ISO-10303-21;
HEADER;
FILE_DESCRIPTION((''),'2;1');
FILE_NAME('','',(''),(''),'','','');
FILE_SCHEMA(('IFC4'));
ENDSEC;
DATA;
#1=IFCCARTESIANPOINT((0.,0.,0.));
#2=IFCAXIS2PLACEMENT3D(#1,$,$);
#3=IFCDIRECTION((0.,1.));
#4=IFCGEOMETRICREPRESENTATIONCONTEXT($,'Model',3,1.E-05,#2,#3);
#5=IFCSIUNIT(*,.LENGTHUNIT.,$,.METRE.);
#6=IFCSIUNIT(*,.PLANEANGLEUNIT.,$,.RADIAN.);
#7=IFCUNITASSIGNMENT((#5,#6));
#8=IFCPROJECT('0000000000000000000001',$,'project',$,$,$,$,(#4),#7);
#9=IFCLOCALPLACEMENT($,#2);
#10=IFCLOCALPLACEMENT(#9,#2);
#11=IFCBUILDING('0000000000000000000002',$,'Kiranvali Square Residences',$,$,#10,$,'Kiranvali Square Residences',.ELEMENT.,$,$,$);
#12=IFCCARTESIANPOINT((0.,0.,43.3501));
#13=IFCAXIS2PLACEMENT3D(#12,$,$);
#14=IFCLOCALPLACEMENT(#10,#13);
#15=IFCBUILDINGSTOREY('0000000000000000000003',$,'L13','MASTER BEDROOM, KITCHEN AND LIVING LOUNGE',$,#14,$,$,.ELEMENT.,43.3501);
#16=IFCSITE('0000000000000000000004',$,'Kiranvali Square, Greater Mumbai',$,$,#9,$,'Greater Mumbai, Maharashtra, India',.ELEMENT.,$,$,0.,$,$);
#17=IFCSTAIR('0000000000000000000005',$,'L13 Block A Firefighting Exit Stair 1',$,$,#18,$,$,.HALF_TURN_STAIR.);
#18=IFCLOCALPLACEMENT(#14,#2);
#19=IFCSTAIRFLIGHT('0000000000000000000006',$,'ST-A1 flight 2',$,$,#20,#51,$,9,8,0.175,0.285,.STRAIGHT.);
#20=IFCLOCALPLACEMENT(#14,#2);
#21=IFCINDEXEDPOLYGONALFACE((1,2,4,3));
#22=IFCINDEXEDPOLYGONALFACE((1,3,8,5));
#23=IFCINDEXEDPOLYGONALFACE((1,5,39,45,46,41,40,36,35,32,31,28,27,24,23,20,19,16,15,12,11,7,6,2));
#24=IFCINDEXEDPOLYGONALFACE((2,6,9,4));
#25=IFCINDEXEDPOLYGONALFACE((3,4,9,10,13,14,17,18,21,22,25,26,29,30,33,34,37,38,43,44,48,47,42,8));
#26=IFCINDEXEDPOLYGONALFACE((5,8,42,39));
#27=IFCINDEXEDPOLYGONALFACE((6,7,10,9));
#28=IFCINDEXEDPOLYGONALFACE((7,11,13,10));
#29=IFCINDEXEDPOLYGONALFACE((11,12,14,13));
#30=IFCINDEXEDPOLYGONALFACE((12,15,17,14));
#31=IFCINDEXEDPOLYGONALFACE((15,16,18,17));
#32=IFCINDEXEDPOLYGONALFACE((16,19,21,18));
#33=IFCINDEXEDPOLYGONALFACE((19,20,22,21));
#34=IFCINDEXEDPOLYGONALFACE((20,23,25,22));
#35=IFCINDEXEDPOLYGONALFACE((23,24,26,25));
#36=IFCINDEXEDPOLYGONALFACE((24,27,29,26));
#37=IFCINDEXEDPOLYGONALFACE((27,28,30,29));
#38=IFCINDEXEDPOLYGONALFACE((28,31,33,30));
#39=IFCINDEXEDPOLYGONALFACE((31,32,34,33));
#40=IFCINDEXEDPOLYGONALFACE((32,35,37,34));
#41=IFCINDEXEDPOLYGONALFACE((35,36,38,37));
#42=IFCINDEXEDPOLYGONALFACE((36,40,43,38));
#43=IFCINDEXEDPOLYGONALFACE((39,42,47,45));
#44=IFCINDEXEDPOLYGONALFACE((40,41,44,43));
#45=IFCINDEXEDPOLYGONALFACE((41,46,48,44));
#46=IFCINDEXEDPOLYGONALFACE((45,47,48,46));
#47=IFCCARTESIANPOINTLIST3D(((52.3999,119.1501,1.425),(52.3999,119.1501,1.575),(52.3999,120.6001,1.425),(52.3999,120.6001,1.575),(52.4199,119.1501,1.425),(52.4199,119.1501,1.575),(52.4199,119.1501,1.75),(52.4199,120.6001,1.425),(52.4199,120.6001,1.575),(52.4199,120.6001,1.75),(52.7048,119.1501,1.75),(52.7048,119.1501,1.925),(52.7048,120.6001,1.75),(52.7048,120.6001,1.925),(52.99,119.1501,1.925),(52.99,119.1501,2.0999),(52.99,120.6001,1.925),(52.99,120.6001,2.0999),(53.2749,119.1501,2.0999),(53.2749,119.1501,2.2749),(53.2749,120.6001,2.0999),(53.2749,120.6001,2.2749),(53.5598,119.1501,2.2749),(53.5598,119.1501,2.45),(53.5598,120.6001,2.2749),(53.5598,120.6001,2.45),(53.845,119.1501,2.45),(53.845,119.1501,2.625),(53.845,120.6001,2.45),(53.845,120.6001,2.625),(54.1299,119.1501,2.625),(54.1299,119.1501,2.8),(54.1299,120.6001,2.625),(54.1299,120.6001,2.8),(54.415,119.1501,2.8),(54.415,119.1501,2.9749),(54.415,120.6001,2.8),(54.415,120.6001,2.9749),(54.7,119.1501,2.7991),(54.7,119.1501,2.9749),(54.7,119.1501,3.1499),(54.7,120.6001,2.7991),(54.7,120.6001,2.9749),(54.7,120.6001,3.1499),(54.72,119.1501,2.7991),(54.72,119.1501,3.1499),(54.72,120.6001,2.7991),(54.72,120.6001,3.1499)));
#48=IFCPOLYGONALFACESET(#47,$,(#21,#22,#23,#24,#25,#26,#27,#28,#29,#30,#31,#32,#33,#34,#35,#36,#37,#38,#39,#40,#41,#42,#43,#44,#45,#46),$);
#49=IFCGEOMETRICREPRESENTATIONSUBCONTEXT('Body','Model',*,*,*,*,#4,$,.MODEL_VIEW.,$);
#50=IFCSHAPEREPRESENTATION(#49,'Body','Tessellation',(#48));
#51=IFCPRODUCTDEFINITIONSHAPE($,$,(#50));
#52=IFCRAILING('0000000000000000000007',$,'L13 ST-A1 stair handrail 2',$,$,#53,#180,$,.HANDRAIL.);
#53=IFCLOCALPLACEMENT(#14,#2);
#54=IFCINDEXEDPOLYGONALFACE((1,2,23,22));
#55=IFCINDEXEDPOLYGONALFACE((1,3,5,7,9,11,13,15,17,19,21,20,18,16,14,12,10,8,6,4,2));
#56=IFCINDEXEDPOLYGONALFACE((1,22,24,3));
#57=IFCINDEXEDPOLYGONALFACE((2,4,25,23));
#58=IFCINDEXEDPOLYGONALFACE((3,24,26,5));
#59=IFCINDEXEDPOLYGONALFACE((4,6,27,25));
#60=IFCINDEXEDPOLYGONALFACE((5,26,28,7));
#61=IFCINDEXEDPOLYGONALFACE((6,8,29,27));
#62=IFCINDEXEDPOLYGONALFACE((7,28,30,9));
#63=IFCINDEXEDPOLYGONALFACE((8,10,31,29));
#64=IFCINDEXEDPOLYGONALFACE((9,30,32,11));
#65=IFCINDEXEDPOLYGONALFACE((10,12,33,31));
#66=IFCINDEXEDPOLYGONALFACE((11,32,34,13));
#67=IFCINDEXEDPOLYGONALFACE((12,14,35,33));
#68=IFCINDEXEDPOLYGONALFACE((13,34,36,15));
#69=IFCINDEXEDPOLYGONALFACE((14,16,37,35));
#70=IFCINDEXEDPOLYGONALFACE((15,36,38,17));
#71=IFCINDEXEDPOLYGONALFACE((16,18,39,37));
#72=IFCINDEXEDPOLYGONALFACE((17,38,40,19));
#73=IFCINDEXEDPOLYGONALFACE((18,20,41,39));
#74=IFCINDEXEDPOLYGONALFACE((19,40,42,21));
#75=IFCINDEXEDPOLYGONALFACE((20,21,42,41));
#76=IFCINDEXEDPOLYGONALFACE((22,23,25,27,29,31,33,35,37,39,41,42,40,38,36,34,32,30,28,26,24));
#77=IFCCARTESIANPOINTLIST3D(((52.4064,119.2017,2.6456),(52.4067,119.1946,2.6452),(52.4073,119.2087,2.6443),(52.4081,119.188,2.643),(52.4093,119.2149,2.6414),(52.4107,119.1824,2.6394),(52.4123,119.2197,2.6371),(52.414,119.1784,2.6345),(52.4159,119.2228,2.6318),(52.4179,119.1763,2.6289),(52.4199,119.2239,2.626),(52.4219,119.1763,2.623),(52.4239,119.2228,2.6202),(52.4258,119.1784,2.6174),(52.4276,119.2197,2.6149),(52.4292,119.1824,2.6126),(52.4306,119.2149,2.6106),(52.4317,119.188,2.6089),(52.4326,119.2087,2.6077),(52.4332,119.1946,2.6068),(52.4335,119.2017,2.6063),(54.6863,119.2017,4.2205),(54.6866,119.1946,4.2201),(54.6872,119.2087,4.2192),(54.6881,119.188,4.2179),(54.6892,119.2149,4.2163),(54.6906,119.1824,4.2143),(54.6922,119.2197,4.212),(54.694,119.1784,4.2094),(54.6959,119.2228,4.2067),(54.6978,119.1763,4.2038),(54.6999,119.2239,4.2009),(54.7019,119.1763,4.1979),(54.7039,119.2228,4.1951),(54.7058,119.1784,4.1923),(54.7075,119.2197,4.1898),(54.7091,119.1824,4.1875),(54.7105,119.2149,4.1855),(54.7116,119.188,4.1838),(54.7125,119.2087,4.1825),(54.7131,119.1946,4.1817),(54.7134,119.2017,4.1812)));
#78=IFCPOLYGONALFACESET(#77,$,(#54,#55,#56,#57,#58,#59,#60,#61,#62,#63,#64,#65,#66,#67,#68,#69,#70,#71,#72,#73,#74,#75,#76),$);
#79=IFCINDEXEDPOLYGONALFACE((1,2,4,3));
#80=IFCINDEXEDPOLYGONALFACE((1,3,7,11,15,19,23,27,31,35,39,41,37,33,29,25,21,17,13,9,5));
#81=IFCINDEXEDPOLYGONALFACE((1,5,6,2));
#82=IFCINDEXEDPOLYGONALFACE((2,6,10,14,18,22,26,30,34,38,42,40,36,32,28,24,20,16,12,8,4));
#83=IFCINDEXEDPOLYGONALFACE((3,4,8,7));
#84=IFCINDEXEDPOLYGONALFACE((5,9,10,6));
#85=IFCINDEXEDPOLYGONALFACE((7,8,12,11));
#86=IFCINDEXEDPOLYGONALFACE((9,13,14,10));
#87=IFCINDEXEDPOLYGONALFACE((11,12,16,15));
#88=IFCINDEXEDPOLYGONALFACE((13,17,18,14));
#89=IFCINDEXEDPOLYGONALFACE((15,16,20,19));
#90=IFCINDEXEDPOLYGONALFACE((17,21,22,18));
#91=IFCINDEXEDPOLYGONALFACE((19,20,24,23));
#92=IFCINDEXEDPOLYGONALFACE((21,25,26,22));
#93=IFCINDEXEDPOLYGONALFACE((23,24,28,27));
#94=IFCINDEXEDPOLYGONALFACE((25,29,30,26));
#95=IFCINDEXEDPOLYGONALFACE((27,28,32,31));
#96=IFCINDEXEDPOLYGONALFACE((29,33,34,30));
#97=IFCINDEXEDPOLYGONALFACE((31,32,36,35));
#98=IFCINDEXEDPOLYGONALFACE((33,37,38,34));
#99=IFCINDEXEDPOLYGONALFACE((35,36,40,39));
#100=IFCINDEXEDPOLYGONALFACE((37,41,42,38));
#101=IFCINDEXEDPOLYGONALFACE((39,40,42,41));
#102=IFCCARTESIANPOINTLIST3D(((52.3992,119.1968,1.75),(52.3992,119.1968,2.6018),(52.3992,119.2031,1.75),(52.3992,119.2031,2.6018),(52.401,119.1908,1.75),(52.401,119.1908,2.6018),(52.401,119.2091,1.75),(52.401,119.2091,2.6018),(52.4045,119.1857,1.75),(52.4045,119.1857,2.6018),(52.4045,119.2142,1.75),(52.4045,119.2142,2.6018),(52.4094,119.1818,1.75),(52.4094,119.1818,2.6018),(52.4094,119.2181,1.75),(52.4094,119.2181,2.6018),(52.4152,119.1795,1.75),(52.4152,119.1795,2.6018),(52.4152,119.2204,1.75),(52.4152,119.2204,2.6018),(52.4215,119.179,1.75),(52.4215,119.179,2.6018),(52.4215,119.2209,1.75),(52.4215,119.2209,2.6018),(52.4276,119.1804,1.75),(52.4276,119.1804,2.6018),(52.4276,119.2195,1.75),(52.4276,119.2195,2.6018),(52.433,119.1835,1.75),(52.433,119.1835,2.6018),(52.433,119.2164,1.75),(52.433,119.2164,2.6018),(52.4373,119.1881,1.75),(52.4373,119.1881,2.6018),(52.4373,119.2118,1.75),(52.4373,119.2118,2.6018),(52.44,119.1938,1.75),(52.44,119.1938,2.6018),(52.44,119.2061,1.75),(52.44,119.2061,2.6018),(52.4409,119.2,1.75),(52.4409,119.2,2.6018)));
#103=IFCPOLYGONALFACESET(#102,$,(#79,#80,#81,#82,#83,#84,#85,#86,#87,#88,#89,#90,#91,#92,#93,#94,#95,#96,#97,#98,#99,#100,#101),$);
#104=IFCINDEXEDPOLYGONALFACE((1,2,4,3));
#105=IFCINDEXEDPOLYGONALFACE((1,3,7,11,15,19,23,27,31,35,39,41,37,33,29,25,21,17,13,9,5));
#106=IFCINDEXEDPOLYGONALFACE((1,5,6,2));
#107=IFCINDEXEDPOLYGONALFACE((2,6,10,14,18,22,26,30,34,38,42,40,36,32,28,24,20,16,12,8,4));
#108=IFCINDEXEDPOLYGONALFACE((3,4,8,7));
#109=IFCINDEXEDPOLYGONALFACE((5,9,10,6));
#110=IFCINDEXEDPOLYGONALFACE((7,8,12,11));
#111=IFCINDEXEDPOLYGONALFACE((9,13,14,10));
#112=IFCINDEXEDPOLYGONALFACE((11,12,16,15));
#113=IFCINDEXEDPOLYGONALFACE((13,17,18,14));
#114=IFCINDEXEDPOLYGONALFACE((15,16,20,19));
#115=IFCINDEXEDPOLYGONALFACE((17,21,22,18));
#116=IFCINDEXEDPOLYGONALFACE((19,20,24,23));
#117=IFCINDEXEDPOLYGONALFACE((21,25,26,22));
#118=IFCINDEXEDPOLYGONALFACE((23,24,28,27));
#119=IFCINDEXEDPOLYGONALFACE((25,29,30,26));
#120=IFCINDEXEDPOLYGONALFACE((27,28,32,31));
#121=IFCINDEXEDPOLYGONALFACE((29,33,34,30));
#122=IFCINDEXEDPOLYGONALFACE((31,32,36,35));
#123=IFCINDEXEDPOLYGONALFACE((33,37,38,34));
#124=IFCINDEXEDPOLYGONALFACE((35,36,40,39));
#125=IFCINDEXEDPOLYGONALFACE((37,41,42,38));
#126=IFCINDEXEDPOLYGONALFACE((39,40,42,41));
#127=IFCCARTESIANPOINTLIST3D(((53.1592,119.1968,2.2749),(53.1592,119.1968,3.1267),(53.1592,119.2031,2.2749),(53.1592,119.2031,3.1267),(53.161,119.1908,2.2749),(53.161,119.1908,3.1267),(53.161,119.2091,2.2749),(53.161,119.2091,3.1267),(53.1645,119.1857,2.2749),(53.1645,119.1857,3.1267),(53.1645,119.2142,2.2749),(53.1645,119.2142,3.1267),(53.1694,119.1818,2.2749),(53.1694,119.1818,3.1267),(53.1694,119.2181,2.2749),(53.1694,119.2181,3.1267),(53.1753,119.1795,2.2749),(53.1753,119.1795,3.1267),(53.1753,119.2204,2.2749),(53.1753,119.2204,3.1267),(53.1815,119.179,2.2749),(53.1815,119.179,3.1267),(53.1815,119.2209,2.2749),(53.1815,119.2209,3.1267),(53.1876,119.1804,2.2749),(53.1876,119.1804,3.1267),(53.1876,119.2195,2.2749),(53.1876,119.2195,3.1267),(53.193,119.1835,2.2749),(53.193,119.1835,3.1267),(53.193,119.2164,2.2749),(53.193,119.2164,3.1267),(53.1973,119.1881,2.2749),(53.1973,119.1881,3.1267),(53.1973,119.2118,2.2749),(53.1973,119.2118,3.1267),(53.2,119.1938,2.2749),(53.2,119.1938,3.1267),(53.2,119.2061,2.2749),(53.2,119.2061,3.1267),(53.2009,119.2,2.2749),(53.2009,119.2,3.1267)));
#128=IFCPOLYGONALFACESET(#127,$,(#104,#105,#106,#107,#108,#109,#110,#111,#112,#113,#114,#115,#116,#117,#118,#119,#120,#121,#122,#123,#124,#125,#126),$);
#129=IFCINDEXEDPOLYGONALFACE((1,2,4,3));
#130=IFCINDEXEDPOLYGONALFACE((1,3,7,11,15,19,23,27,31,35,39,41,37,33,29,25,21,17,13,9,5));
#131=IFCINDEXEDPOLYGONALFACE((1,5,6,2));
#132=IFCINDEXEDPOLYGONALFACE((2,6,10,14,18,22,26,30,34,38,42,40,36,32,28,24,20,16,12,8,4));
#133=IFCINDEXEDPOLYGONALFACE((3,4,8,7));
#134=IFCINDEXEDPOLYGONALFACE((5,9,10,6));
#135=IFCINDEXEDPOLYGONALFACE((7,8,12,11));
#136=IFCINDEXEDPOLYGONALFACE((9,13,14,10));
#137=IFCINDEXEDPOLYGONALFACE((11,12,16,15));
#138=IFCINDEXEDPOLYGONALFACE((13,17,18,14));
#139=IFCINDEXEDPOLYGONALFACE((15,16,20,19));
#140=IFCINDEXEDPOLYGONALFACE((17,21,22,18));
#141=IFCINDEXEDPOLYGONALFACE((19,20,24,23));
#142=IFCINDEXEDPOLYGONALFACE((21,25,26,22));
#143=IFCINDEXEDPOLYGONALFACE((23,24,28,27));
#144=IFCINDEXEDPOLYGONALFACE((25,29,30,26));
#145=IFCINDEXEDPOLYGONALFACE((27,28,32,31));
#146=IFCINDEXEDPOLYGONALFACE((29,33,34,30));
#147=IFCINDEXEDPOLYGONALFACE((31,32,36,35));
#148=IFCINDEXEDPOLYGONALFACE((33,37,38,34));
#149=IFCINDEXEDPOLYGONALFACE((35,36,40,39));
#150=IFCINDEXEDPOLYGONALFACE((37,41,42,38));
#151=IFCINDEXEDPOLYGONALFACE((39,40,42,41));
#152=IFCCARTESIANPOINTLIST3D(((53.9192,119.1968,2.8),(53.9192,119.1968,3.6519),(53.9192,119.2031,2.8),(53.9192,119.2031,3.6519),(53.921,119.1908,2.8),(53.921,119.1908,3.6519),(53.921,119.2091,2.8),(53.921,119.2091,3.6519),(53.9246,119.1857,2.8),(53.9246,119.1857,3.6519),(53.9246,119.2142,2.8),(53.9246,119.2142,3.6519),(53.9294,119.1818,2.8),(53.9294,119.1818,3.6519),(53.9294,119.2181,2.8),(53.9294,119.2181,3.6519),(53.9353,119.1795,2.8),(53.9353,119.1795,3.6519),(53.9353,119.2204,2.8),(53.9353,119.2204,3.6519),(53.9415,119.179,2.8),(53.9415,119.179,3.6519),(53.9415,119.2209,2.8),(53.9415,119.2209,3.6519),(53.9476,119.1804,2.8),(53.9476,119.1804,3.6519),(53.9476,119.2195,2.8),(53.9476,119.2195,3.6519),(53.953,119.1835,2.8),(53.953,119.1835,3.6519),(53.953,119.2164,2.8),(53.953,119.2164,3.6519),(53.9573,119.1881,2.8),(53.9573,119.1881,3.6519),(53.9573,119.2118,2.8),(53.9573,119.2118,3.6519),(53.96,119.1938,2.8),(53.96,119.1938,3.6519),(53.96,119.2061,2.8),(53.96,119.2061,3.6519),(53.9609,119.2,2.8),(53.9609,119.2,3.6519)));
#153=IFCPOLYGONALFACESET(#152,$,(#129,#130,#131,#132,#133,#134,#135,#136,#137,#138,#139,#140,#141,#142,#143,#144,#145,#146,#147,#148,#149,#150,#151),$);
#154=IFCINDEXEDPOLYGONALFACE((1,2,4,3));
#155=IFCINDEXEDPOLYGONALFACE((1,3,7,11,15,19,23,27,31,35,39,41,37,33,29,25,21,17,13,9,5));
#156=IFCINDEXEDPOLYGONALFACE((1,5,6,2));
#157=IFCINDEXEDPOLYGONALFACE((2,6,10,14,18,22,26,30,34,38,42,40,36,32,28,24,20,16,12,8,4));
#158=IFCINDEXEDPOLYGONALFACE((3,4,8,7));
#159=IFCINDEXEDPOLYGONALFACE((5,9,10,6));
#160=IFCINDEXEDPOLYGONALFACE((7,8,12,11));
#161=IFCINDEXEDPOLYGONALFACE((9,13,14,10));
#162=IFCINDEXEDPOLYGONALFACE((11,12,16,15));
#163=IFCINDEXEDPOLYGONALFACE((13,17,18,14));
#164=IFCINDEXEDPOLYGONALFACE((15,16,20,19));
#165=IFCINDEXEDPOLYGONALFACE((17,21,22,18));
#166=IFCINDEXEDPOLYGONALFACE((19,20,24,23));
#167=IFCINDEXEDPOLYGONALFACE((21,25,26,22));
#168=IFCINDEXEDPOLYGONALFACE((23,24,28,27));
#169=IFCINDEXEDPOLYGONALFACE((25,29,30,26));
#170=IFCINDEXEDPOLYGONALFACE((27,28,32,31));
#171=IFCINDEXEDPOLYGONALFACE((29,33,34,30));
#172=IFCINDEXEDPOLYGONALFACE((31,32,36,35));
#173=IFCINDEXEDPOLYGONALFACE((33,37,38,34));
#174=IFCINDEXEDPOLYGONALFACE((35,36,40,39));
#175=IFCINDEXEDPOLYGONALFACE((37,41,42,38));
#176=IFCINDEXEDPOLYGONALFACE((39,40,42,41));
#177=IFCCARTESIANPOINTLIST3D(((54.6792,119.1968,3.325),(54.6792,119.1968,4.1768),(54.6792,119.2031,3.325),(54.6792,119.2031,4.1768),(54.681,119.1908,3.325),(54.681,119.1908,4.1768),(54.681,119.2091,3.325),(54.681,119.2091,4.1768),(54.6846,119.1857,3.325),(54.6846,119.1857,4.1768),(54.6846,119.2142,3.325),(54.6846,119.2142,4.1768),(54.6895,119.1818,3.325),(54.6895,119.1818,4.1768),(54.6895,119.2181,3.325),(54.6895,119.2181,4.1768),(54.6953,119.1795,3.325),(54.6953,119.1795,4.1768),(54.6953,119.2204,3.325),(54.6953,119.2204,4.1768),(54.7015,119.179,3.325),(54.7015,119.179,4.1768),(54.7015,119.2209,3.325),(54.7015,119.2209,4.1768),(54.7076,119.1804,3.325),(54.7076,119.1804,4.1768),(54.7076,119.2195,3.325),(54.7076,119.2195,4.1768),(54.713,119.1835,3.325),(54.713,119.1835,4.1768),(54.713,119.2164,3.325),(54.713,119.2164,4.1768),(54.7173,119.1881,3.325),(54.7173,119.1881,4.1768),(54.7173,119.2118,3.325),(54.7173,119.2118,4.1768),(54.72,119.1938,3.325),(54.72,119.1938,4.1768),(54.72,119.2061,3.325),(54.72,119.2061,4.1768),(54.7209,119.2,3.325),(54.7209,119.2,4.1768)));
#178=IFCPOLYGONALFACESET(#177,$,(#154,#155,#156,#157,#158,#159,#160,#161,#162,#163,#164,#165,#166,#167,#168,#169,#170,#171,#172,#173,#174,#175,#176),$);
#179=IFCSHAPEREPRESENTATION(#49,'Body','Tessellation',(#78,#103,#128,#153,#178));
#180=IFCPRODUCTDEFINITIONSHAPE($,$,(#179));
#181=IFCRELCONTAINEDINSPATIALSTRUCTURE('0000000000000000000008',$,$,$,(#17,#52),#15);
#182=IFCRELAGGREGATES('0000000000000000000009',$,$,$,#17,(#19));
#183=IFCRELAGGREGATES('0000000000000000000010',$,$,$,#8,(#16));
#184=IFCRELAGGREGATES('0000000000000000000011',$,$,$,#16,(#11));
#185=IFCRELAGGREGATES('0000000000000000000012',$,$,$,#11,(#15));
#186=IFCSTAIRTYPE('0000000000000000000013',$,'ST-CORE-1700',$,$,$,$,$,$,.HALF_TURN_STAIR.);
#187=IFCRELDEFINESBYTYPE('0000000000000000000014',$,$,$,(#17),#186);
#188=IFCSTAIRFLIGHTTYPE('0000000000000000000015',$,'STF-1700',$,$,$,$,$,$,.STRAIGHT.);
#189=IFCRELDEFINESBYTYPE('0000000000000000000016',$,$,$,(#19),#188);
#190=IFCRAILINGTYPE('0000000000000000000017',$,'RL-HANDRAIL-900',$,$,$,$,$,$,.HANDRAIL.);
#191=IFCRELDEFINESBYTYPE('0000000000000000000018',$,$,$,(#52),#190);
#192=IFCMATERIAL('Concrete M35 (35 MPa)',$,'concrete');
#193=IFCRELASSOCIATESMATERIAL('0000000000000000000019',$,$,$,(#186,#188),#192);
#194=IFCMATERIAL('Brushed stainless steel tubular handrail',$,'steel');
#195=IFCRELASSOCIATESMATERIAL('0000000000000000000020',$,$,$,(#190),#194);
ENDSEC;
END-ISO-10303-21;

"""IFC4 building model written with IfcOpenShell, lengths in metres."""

from ifc_helpers import new_model, si_unit, direction, frame, origin, origin_2d, place, context, subcontext, project, spatial, polyline, circle, outline, extrude, material, type_object, element, aggregate, save


model = new_model("IFC4")

# Units and contexts
model_context = context("Model", 3, precision=1e-05, world=origin(), true_north=direction((0.0, 1.0)))
body_context = subcontext(model_context, "Body", "Model", "MODEL_VIEW")
ifc_project = project(units=[si_unit("LENGTHUNIT", "METRE"), si_unit("PLANEANGLEUNIT", "RADIAN")], contexts=[model_context])

# Site, building, storey
site_placement = place(None, origin())
site = spatial("IfcSite", under=ifc_project, at=site_placement, Name="Kiranvali Square, Greater Mumbai", LongName="Greater Mumbai, Maharashtra, India", CompositionType="ELEMENT", RefElevation=0.0)
building_placement = place(site_placement, origin())
building = spatial("IfcBuilding", under=site, at=building_placement, Name="Kiranvali Square Residences", LongName="Kiranvali Square Residences", CompositionType="ELEMENT")
storey_placement = place(building_placement, frame((0.0, 0.0, 43.3501)))
storey = spatial("IfcBuildingStorey", under=building, at=storey_placement, Name="L13", Description="MASTER BEDROOM, KITCHEN AND LIVING LOUNGE", CompositionType="ELEMENT", Elevation=43.3501)

# Stair, stair flight
ifc_material_1 = material(Name="Concrete M35 (35 MPa)", Category="concrete")
stair_type = type_object("IfcStairType", Name="ST-CORE-1700", PredefinedType="HALF_TURN_STAIR", material=ifc_material_1)
stair_placement = place(storey_placement, origin())
stair = element("IfcStair", 1, at=stair_placement, inside=storey, type_object=stair_type, Name="L13 Block A Firefighting Exit Stair 1", PredefinedType="HALF_TURN_STAIR")
stair_flight_type = type_object("IfcStairFlightType", Name="STF-1700", PredefinedType="STRAIGHT", material=ifc_material_1)
stair_flight_placement = place(storey_placement, frame((52.4199, 119.875, 1.575), z_axis=(0.0, 0.0, 1.0), x_axis=(1.0, 0.0, 0.0)))
stair_flight = element("IfcStairFlight", 2, at=stair_flight_placement, type_object=stair_flight_type, Name="ST-A1 flight 2", NumberOfRisers=9, NumberOfTreads=8, PredefinedType="STRAIGHT", RiserHeight=0.175, TreadLength=0.285, context=body_context, shape_type="SweptSolid", body=[
    extrude(outline(polyline([(-0.02, -0.1499), (-0.02, 0.0), (0.0, 0.0), (0.0, 0.175), (0.2849, 0.175), (0.2849, 0.3501), (0.5701, 0.3501), (0.5701, 0.5249), (0.855, 0.5249), (0.855, 0.7), (1.1399, 0.7), (1.1399, 0.875), (1.425, 0.875), (1.425, 1.05), (1.71, 1.05), (1.71, 1.2251), (1.9951, 1.2251), (1.9951, 1.3999), (2.28, 1.3999), (2.28, 1.575), (2.3, 1.575), (2.3, 1.2241), (2.28, 1.2241), (0.0, -0.1499), (-0.02, -0.1499)])), frame((0.0, 0.7251, 0.0), z_axis=(0.0, -1.0, 0.0), x_axis=(1.0, 0.0, 0.0)), (0.0, 0.0, 1.0), 1.45),
])
aggregate(stair, [stair_flight])

# Railing
ifc_material_2 = material(Name="Brushed stainless steel tubular handrail", Category="steel")
railing_type_1 = type_object("IfcRailingType", Name="RL-HANDRAIL-900", PredefinedType="HANDRAIL", material=ifc_material_2)
railing_1_placement = place(storey_placement, frame((52.4199, 119.2, 1.75)))
element("IfcRailing", 3, at=railing_1_placement, inside=storey, type_object=railing_type_1, Name="L13 ST-A1 stair handrail 2", PredefinedType="HANDRAIL", context=body_context, shape_type="SweptSolid", body=[
    extrude(circle(Radius=0.0239, at=origin_2d()), frame((0.0, 0.0, 0.876), z_axis=(0.822788, 0.0, 0.568348), x_axis=(0.0, 1.0, 0.0)), (0.0, 0.0, 1.0), 2.771),
    extrude(circle(Radius=0.021, at=origin_2d()), origin(), (0.0, 0.0, 1.0), 0.8518),
    extrude(circle(Radius=0.021, at=origin_2d()), frame((0.76, 0.0, 0.5249)), (0.0, 0.0, 1.0), 0.8518),
    extrude(circle(Radius=0.021, at=origin_2d()), frame((1.52, 0.0, 1.05)), (0.0, 0.0, 1.0), 0.8518),
    extrude(circle(Radius=0.021, at=origin_2d()), frame((2.28, 0.0, 1.575)), (0.0, 0.0, 1.0), 0.8518),
])

save(model, "model.ifc")
